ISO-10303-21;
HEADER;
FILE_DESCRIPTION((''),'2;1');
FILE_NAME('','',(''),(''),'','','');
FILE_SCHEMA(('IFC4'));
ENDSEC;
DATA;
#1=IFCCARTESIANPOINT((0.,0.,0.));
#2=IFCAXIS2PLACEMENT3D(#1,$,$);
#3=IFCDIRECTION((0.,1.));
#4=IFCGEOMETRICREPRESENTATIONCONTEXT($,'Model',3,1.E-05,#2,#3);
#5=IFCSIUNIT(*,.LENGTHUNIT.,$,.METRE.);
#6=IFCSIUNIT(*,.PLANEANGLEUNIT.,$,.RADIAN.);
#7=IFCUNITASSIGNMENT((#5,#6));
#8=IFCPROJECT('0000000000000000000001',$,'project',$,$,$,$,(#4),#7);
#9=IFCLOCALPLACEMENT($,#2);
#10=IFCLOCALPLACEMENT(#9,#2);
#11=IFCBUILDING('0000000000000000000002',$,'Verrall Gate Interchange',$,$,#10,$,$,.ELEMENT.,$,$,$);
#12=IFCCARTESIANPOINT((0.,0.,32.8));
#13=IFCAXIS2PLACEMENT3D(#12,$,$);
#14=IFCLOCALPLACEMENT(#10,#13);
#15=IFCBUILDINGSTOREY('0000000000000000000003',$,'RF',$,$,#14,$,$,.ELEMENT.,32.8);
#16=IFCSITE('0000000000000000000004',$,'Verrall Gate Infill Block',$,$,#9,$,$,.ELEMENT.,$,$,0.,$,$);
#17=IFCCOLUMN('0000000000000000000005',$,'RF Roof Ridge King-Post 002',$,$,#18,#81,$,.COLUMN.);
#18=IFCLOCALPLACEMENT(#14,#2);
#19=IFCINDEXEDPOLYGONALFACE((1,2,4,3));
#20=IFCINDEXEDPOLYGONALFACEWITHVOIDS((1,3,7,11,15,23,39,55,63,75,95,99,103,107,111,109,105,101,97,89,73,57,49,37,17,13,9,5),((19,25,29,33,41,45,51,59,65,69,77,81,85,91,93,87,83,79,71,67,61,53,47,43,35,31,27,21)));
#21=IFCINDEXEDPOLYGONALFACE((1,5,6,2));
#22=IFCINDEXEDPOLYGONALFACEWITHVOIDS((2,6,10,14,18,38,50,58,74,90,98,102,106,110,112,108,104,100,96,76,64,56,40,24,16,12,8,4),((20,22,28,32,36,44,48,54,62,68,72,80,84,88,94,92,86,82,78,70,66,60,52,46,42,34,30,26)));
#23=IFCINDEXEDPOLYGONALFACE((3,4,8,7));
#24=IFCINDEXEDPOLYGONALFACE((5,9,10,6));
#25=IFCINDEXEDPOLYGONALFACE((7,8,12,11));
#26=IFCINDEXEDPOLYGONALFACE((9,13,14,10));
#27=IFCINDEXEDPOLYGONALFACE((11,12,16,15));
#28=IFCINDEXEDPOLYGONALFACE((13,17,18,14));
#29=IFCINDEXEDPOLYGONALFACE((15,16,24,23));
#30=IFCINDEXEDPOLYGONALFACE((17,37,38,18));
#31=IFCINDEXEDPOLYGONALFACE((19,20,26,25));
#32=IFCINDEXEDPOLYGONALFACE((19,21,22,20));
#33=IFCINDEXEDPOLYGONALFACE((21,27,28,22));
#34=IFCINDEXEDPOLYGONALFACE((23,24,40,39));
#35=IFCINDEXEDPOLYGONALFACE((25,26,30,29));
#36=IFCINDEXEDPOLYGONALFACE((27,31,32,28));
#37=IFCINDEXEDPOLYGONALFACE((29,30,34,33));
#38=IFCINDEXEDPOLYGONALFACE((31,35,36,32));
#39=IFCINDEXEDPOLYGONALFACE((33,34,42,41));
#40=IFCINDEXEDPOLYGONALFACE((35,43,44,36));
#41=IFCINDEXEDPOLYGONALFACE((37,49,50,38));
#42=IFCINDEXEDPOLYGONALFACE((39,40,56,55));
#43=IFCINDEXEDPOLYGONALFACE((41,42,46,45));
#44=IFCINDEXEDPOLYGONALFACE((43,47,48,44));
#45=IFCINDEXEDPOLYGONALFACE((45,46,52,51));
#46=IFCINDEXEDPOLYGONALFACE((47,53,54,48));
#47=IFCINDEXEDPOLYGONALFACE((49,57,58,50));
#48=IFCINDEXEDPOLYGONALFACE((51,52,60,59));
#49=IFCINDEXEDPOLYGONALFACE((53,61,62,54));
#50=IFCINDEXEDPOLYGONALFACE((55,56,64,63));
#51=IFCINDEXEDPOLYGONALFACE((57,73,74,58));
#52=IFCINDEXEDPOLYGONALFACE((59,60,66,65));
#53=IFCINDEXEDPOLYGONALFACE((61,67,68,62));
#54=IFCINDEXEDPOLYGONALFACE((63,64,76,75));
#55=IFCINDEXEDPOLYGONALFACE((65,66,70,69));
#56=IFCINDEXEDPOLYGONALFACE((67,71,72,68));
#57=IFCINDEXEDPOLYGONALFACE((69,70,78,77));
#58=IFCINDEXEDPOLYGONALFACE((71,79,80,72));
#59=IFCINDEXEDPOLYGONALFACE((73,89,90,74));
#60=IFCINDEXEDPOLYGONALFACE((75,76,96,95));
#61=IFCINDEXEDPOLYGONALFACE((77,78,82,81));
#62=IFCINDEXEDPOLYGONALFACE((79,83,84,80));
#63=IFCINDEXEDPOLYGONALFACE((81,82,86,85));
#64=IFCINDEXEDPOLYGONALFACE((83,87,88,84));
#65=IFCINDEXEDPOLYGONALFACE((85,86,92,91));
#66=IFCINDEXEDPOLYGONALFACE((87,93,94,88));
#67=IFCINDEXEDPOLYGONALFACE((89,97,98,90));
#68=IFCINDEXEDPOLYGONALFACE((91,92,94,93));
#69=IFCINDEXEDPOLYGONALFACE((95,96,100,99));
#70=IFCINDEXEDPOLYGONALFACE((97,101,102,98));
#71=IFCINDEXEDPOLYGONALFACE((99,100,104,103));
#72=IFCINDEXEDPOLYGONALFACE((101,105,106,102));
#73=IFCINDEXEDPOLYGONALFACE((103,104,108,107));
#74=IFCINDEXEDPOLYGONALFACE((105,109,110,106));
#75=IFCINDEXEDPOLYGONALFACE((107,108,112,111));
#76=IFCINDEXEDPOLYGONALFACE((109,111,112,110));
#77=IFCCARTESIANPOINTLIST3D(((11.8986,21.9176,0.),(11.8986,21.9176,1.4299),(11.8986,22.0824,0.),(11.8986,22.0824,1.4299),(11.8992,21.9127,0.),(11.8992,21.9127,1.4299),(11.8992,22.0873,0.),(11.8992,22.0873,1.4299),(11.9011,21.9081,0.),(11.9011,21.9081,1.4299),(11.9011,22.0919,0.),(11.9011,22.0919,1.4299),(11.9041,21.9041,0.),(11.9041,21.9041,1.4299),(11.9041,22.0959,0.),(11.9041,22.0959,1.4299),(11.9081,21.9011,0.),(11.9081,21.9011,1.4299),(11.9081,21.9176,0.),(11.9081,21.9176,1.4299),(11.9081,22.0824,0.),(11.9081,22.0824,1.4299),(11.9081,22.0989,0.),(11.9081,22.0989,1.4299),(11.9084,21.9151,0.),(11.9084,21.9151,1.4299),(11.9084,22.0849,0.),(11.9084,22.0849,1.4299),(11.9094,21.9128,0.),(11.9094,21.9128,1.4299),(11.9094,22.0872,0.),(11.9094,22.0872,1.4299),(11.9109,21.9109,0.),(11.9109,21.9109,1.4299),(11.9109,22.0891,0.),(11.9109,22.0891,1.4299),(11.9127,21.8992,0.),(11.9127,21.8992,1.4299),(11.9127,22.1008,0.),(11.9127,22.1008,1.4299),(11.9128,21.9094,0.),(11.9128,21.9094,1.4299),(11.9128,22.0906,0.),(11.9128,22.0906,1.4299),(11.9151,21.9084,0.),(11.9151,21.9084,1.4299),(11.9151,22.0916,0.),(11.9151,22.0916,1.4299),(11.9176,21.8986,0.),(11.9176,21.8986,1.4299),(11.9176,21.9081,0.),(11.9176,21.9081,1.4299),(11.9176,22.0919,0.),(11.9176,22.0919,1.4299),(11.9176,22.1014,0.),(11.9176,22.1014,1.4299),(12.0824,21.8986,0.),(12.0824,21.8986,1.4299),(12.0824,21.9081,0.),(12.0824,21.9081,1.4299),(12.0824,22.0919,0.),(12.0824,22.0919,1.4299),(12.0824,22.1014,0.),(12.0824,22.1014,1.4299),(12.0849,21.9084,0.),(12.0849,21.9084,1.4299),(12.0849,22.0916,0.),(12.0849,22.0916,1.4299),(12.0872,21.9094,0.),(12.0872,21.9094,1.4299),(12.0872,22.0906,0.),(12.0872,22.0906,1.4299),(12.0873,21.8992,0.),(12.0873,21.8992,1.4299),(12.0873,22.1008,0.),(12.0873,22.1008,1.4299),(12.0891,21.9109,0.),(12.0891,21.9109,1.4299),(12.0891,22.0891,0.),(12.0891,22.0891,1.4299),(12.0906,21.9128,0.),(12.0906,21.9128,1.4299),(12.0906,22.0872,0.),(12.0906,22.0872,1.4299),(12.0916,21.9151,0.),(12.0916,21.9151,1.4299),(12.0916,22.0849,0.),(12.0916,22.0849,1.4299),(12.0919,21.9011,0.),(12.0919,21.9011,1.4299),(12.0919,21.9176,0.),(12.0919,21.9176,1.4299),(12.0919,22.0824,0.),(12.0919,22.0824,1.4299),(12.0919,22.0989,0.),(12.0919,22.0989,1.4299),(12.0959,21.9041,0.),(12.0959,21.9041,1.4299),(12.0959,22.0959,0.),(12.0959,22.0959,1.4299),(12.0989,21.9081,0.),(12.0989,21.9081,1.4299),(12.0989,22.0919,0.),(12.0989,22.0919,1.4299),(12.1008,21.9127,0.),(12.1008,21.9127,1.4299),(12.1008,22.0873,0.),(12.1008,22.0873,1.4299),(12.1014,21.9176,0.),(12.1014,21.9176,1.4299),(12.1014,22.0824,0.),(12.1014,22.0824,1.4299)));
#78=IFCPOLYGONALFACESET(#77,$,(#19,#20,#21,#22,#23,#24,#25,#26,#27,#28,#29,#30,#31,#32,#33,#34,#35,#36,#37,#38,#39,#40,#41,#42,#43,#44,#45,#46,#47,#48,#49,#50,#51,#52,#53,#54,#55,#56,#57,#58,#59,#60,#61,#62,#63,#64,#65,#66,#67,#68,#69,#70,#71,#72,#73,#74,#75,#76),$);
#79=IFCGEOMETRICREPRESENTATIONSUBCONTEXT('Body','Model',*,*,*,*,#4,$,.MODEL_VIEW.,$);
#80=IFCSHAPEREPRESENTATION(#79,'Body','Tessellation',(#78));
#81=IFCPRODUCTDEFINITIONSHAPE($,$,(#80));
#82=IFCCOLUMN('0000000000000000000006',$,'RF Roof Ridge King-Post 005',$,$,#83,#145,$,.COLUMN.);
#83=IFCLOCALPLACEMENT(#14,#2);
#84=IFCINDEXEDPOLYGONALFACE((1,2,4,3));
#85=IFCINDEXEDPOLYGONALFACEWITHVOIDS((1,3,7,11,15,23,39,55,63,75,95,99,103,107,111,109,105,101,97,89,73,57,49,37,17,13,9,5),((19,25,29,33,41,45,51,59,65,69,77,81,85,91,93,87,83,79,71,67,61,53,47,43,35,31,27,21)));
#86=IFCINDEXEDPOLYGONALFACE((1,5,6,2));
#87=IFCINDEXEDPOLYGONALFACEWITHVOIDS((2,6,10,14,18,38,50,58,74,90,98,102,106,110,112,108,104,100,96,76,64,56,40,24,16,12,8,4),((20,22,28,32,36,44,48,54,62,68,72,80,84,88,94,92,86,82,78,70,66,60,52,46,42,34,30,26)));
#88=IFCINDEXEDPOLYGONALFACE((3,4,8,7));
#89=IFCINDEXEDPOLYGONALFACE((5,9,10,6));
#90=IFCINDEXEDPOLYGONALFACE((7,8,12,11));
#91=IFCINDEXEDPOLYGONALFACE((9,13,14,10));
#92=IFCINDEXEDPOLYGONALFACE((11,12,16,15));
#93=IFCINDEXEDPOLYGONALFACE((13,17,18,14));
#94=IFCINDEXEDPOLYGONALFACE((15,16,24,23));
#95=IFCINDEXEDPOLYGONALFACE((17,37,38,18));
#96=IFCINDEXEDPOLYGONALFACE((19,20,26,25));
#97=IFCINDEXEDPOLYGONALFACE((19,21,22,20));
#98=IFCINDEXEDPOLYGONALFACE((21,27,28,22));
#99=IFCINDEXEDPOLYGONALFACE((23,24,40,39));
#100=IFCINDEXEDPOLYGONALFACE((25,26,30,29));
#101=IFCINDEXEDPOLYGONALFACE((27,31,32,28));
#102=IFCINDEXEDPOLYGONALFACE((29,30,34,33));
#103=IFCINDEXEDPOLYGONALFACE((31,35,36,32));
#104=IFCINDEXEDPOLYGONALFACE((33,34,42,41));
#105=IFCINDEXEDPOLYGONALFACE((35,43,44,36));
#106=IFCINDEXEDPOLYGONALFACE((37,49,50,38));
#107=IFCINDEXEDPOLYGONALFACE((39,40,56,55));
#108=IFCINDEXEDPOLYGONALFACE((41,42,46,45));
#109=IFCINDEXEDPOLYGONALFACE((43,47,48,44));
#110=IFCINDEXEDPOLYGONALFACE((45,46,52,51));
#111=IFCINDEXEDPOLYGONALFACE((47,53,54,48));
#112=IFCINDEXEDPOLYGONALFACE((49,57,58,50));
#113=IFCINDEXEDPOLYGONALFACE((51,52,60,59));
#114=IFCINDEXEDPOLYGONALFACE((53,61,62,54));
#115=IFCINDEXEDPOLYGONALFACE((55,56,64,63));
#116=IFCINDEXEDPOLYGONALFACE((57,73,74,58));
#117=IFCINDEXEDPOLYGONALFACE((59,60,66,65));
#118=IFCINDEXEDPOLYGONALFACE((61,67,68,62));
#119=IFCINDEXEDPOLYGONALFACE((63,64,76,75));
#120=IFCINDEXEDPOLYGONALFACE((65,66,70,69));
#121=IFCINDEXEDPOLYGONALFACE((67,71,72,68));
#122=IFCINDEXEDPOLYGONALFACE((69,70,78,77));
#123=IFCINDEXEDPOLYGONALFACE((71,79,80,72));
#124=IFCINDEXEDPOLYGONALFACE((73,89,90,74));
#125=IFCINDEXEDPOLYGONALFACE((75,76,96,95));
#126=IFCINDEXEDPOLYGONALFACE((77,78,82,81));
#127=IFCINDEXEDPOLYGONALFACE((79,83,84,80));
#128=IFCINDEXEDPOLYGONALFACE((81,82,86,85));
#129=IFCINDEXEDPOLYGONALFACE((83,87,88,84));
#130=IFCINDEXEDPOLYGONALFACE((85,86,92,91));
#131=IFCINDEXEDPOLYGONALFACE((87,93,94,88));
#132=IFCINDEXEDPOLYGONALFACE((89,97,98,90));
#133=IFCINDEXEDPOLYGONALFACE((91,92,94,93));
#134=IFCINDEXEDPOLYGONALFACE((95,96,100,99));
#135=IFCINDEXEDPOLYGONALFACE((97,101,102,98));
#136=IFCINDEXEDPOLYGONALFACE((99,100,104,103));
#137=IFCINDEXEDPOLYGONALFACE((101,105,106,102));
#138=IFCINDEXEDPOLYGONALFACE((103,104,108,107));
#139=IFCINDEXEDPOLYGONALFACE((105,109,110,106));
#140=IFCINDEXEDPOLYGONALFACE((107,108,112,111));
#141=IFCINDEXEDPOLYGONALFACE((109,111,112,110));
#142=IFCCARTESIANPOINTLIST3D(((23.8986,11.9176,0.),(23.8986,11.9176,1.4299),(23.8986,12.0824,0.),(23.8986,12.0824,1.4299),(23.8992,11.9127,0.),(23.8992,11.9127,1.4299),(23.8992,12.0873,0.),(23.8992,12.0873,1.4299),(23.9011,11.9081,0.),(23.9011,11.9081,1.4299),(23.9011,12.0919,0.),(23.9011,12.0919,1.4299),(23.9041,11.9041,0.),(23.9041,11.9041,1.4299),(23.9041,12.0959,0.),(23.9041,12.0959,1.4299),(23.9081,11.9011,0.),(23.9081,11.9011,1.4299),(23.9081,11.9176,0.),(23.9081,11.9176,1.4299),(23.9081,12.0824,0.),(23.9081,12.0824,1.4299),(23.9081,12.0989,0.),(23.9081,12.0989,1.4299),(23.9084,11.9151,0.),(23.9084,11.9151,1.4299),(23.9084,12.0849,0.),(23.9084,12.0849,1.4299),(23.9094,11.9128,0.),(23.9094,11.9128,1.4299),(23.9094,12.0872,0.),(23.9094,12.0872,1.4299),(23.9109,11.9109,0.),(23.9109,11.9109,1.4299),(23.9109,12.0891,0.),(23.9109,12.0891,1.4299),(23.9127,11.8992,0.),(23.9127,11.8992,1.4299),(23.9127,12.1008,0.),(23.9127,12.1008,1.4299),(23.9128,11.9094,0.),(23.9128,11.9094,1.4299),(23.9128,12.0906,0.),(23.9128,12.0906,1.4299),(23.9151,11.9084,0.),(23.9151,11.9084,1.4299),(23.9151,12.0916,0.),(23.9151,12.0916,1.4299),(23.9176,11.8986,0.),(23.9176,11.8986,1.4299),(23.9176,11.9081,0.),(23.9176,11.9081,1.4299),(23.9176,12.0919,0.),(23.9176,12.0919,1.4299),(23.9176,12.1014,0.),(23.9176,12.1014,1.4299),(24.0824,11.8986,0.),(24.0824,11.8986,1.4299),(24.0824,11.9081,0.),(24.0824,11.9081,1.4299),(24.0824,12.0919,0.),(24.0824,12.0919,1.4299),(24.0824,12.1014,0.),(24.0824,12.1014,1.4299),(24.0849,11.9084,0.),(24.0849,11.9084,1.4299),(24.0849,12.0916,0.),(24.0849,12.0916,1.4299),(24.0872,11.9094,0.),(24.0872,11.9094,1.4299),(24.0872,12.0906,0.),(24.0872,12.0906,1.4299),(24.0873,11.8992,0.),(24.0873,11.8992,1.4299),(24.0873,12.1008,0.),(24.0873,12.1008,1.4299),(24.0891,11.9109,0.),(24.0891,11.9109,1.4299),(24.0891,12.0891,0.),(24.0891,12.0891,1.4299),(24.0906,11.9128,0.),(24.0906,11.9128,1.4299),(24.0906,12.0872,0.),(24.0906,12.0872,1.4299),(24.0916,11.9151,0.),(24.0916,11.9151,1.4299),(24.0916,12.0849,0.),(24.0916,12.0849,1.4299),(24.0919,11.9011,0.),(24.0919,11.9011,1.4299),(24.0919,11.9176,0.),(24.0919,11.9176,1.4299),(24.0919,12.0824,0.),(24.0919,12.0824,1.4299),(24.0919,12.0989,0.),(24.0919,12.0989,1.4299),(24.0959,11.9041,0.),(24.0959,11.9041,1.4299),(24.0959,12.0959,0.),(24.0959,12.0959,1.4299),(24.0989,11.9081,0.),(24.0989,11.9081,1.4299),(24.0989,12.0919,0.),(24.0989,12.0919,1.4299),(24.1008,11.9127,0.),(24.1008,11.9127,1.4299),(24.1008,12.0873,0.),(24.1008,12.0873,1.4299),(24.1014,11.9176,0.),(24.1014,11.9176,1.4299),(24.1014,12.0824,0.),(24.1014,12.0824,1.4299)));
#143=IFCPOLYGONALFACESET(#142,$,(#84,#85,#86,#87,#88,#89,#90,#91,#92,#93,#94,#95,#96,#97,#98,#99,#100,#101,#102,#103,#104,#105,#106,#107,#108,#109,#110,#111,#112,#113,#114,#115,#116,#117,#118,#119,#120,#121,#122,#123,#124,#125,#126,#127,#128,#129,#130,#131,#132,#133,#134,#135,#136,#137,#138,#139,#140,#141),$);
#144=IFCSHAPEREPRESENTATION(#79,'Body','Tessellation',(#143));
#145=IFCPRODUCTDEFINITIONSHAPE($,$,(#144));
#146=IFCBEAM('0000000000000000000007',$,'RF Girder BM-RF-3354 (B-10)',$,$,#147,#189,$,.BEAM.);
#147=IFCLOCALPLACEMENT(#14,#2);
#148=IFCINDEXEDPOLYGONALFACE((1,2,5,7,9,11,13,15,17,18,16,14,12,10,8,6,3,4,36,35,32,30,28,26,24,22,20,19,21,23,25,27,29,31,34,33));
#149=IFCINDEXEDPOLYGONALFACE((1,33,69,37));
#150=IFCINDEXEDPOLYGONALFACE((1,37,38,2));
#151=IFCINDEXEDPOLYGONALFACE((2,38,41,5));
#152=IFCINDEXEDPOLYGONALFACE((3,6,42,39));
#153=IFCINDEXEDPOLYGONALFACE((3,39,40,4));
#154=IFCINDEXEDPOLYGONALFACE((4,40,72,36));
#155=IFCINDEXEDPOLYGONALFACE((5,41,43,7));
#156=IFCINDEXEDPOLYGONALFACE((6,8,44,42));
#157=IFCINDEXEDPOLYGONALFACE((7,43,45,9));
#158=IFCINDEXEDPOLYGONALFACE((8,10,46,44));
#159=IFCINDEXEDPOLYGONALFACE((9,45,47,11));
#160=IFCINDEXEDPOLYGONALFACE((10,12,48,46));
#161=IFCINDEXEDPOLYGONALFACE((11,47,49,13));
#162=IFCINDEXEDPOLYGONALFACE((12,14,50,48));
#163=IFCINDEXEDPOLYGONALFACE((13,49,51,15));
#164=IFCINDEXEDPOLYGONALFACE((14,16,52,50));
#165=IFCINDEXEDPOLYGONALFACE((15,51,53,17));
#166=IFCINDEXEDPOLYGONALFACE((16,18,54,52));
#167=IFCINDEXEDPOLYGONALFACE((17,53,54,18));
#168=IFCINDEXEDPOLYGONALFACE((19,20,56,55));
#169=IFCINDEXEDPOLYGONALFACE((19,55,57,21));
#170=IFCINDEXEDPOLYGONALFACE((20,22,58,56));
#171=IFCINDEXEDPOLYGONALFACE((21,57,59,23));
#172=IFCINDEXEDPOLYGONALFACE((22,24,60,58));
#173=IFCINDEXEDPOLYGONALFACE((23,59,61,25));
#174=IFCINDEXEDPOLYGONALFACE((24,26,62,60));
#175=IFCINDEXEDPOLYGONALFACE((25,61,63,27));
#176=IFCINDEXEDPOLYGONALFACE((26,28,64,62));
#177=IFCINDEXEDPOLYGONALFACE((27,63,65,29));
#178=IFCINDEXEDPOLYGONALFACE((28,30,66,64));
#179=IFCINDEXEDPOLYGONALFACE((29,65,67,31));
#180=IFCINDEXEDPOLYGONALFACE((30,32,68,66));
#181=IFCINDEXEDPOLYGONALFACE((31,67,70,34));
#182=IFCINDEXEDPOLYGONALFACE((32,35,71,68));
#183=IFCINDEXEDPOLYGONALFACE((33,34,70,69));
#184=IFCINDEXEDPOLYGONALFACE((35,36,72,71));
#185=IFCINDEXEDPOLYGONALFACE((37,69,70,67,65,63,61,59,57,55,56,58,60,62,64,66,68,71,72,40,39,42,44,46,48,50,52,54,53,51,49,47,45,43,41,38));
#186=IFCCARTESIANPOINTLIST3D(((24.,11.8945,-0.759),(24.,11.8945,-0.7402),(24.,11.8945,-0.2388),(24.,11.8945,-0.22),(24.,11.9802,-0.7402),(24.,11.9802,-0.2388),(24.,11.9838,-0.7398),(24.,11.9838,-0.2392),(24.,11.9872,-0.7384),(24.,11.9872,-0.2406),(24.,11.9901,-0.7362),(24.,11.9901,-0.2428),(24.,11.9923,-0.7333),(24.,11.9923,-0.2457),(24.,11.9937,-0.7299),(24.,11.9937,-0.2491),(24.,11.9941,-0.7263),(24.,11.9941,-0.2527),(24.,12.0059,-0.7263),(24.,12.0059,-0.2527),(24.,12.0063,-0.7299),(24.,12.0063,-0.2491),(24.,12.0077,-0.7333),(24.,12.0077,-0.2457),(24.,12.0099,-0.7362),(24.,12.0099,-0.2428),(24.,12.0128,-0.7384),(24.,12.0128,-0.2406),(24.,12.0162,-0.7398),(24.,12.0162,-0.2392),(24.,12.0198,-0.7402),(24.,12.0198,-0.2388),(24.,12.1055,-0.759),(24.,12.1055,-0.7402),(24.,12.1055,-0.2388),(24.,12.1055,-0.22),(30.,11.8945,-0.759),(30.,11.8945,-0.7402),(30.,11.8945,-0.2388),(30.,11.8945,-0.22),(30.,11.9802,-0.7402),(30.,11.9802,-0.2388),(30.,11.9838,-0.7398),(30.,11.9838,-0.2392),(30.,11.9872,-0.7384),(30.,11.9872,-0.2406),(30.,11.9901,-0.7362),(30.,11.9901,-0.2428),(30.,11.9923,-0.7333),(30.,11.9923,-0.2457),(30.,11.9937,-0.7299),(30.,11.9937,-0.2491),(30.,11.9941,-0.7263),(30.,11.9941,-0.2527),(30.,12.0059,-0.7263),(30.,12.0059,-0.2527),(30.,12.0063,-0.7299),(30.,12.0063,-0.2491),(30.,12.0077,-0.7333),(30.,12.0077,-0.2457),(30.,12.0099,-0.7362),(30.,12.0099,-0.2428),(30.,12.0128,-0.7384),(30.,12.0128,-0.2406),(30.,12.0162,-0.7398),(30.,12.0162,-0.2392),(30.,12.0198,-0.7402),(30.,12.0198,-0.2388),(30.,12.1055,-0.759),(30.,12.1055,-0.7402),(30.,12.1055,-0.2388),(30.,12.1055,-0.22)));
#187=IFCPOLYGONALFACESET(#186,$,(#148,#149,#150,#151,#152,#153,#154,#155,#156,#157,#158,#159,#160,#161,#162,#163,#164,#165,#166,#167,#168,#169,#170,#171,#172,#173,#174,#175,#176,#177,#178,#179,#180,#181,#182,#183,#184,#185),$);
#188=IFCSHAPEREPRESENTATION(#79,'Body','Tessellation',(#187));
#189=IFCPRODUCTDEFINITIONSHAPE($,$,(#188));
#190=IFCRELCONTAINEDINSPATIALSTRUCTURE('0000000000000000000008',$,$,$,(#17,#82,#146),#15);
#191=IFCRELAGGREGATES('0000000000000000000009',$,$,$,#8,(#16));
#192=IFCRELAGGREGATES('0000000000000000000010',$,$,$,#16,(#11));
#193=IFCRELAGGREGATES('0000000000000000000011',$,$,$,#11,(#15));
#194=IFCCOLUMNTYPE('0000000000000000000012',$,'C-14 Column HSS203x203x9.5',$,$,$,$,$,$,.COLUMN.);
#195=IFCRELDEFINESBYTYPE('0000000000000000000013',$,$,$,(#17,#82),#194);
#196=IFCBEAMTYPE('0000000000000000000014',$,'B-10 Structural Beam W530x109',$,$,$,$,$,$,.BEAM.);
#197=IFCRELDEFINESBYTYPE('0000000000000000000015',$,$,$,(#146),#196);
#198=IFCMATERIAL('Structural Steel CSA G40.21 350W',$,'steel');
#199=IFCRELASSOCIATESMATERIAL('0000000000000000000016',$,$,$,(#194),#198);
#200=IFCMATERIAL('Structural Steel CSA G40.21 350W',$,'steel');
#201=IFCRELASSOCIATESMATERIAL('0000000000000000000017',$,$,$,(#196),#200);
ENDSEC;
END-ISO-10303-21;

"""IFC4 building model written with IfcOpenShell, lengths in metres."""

from ifc_helpers import new_model, si_unit, direction, frame, origin, origin_2d, place, context, subcontext, project, spatial, hollow_rectangle, i_section, extrude, material, material_profile, profile_set, type_object, element, save


model = new_model("IFC4")

# Units and contexts
model_context = context("Model", 3, precision=1e-05, world=origin(), true_north=direction((0.0, 1.0)))
body_context = subcontext(model_context, "Body", "Model", "MODEL_VIEW")
ifc_project = project(units=[si_unit("LENGTHUNIT", "METRE"), si_unit("PLANEANGLEUNIT", "RADIAN")], contexts=[model_context])

# Site, building, storey
site_placement = place(None, origin())
site = spatial("IfcSite", under=ifc_project, at=site_placement, Name="Verrall Gate Infill Block", CompositionType="ELEMENT", RefElevation=0.0)
building_placement = place(site_placement, origin())
building = spatial("IfcBuilding", under=site, at=building_placement, Name="Verrall Gate Interchange", CompositionType="ELEMENT")
storey_placement = place(building_placement, frame((0.0, 0.0, 32.8)))
storey = spatial("IfcBuildingStorey", under=building, at=storey_placement, Name="RF", CompositionType="ELEMENT", Elevation=32.8)

# Columns
ifc_material_1 = material(Name="Structural Steel CSA G40.21 350W", Category="steel")
ifc_material_profile_1 = material_profile(ifc_material_1, hollow_rectangle(XDim=0.2029, YDim=0.2029, WallThickness=0.0095, InnerFilletRadius=0.0095, OuterFilletRadius=0.019, at=origin_2d()), Name="HSS203x203x9.5")
ifc_profile_set_1 = profile_set([ifc_material_profile_1], Name="Structural Steel CSA G40.21 350W")
column_type = type_object("IfcColumnType", Name="C-14 Column HSS203x203x9.5", PredefinedType="COLUMN", material=ifc_profile_set_1)
for number, where, z_axis, x_axis, name in (
    (1, (12.0, 22.0, 0.0), (0.0, 0.0, 1.0), (1.0, 0.0, 0.0), "RF Roof Ridge King-Post 002"),
    (2, (24.0, 12.0, 0.0), (0.0, 0.0, 1.0), (1.0, 0.0, 0.0), "RF Roof Ridge King-Post 005"),
):
    element("IfcColumn", number, at=place(storey_placement, frame(where, z_axis=z_axis, x_axis=x_axis)), inside=storey, type_object=column_type, Name=name, PredefinedType="COLUMN", context=body_context, shape_type="SweptSolid", body=[
        extrude(hollow_rectangle(XDim=0.2029, YDim=0.2029, WallThickness=0.0095, InnerFilletRadius=0.0095, OuterFilletRadius=0.019, at=origin_2d()), origin(), (0.0, 0.0, 1.0), 1.4299),
    ])

# Beam
ifc_material_2 = material(Name="Structural Steel CSA G40.21 350W", Category="steel")
ifc_material_profile_2 = material_profile(ifc_material_2, i_section(OverallWidth=0.2109, OverallDepth=0.5391, WebThickness=0.0117, FlangeThickness=0.0188, FilletRadius=0.0139, at=origin_2d()), Name="W530x109")
ifc_profile_set_2 = profile_set([ifc_material_profile_2], Name="Structural Steel CSA G40.21 350W")
beam_type_1 = type_object("IfcBeamType", Name="B-10 Structural Beam W530x109", PredefinedType="BEAM", material=ifc_profile_set_2)
beam_1_placement = place(storey_placement, frame((24.0, 12.0, -0.4895), z_axis=(1.0, 0.0, 0.0), x_axis=(0.0, 1.0, 0.0)))
element("IfcBeam", 3, at=beam_1_placement, inside=storey, type_object=beam_type_1, Name="RF Girder BM-RF-3354 (B-10)", PredefinedType="BEAM", context=body_context, shape_type="SweptSolid", body=[
    extrude(i_section(OverallWidth=0.2109, OverallDepth=0.5391, WebThickness=0.0117, FlangeThickness=0.0188, FilletRadius=0.0139, at=origin_2d()), origin(), (0.0, 0.0, 1.0), 6.0),
])

save(model, "model.ifc")
